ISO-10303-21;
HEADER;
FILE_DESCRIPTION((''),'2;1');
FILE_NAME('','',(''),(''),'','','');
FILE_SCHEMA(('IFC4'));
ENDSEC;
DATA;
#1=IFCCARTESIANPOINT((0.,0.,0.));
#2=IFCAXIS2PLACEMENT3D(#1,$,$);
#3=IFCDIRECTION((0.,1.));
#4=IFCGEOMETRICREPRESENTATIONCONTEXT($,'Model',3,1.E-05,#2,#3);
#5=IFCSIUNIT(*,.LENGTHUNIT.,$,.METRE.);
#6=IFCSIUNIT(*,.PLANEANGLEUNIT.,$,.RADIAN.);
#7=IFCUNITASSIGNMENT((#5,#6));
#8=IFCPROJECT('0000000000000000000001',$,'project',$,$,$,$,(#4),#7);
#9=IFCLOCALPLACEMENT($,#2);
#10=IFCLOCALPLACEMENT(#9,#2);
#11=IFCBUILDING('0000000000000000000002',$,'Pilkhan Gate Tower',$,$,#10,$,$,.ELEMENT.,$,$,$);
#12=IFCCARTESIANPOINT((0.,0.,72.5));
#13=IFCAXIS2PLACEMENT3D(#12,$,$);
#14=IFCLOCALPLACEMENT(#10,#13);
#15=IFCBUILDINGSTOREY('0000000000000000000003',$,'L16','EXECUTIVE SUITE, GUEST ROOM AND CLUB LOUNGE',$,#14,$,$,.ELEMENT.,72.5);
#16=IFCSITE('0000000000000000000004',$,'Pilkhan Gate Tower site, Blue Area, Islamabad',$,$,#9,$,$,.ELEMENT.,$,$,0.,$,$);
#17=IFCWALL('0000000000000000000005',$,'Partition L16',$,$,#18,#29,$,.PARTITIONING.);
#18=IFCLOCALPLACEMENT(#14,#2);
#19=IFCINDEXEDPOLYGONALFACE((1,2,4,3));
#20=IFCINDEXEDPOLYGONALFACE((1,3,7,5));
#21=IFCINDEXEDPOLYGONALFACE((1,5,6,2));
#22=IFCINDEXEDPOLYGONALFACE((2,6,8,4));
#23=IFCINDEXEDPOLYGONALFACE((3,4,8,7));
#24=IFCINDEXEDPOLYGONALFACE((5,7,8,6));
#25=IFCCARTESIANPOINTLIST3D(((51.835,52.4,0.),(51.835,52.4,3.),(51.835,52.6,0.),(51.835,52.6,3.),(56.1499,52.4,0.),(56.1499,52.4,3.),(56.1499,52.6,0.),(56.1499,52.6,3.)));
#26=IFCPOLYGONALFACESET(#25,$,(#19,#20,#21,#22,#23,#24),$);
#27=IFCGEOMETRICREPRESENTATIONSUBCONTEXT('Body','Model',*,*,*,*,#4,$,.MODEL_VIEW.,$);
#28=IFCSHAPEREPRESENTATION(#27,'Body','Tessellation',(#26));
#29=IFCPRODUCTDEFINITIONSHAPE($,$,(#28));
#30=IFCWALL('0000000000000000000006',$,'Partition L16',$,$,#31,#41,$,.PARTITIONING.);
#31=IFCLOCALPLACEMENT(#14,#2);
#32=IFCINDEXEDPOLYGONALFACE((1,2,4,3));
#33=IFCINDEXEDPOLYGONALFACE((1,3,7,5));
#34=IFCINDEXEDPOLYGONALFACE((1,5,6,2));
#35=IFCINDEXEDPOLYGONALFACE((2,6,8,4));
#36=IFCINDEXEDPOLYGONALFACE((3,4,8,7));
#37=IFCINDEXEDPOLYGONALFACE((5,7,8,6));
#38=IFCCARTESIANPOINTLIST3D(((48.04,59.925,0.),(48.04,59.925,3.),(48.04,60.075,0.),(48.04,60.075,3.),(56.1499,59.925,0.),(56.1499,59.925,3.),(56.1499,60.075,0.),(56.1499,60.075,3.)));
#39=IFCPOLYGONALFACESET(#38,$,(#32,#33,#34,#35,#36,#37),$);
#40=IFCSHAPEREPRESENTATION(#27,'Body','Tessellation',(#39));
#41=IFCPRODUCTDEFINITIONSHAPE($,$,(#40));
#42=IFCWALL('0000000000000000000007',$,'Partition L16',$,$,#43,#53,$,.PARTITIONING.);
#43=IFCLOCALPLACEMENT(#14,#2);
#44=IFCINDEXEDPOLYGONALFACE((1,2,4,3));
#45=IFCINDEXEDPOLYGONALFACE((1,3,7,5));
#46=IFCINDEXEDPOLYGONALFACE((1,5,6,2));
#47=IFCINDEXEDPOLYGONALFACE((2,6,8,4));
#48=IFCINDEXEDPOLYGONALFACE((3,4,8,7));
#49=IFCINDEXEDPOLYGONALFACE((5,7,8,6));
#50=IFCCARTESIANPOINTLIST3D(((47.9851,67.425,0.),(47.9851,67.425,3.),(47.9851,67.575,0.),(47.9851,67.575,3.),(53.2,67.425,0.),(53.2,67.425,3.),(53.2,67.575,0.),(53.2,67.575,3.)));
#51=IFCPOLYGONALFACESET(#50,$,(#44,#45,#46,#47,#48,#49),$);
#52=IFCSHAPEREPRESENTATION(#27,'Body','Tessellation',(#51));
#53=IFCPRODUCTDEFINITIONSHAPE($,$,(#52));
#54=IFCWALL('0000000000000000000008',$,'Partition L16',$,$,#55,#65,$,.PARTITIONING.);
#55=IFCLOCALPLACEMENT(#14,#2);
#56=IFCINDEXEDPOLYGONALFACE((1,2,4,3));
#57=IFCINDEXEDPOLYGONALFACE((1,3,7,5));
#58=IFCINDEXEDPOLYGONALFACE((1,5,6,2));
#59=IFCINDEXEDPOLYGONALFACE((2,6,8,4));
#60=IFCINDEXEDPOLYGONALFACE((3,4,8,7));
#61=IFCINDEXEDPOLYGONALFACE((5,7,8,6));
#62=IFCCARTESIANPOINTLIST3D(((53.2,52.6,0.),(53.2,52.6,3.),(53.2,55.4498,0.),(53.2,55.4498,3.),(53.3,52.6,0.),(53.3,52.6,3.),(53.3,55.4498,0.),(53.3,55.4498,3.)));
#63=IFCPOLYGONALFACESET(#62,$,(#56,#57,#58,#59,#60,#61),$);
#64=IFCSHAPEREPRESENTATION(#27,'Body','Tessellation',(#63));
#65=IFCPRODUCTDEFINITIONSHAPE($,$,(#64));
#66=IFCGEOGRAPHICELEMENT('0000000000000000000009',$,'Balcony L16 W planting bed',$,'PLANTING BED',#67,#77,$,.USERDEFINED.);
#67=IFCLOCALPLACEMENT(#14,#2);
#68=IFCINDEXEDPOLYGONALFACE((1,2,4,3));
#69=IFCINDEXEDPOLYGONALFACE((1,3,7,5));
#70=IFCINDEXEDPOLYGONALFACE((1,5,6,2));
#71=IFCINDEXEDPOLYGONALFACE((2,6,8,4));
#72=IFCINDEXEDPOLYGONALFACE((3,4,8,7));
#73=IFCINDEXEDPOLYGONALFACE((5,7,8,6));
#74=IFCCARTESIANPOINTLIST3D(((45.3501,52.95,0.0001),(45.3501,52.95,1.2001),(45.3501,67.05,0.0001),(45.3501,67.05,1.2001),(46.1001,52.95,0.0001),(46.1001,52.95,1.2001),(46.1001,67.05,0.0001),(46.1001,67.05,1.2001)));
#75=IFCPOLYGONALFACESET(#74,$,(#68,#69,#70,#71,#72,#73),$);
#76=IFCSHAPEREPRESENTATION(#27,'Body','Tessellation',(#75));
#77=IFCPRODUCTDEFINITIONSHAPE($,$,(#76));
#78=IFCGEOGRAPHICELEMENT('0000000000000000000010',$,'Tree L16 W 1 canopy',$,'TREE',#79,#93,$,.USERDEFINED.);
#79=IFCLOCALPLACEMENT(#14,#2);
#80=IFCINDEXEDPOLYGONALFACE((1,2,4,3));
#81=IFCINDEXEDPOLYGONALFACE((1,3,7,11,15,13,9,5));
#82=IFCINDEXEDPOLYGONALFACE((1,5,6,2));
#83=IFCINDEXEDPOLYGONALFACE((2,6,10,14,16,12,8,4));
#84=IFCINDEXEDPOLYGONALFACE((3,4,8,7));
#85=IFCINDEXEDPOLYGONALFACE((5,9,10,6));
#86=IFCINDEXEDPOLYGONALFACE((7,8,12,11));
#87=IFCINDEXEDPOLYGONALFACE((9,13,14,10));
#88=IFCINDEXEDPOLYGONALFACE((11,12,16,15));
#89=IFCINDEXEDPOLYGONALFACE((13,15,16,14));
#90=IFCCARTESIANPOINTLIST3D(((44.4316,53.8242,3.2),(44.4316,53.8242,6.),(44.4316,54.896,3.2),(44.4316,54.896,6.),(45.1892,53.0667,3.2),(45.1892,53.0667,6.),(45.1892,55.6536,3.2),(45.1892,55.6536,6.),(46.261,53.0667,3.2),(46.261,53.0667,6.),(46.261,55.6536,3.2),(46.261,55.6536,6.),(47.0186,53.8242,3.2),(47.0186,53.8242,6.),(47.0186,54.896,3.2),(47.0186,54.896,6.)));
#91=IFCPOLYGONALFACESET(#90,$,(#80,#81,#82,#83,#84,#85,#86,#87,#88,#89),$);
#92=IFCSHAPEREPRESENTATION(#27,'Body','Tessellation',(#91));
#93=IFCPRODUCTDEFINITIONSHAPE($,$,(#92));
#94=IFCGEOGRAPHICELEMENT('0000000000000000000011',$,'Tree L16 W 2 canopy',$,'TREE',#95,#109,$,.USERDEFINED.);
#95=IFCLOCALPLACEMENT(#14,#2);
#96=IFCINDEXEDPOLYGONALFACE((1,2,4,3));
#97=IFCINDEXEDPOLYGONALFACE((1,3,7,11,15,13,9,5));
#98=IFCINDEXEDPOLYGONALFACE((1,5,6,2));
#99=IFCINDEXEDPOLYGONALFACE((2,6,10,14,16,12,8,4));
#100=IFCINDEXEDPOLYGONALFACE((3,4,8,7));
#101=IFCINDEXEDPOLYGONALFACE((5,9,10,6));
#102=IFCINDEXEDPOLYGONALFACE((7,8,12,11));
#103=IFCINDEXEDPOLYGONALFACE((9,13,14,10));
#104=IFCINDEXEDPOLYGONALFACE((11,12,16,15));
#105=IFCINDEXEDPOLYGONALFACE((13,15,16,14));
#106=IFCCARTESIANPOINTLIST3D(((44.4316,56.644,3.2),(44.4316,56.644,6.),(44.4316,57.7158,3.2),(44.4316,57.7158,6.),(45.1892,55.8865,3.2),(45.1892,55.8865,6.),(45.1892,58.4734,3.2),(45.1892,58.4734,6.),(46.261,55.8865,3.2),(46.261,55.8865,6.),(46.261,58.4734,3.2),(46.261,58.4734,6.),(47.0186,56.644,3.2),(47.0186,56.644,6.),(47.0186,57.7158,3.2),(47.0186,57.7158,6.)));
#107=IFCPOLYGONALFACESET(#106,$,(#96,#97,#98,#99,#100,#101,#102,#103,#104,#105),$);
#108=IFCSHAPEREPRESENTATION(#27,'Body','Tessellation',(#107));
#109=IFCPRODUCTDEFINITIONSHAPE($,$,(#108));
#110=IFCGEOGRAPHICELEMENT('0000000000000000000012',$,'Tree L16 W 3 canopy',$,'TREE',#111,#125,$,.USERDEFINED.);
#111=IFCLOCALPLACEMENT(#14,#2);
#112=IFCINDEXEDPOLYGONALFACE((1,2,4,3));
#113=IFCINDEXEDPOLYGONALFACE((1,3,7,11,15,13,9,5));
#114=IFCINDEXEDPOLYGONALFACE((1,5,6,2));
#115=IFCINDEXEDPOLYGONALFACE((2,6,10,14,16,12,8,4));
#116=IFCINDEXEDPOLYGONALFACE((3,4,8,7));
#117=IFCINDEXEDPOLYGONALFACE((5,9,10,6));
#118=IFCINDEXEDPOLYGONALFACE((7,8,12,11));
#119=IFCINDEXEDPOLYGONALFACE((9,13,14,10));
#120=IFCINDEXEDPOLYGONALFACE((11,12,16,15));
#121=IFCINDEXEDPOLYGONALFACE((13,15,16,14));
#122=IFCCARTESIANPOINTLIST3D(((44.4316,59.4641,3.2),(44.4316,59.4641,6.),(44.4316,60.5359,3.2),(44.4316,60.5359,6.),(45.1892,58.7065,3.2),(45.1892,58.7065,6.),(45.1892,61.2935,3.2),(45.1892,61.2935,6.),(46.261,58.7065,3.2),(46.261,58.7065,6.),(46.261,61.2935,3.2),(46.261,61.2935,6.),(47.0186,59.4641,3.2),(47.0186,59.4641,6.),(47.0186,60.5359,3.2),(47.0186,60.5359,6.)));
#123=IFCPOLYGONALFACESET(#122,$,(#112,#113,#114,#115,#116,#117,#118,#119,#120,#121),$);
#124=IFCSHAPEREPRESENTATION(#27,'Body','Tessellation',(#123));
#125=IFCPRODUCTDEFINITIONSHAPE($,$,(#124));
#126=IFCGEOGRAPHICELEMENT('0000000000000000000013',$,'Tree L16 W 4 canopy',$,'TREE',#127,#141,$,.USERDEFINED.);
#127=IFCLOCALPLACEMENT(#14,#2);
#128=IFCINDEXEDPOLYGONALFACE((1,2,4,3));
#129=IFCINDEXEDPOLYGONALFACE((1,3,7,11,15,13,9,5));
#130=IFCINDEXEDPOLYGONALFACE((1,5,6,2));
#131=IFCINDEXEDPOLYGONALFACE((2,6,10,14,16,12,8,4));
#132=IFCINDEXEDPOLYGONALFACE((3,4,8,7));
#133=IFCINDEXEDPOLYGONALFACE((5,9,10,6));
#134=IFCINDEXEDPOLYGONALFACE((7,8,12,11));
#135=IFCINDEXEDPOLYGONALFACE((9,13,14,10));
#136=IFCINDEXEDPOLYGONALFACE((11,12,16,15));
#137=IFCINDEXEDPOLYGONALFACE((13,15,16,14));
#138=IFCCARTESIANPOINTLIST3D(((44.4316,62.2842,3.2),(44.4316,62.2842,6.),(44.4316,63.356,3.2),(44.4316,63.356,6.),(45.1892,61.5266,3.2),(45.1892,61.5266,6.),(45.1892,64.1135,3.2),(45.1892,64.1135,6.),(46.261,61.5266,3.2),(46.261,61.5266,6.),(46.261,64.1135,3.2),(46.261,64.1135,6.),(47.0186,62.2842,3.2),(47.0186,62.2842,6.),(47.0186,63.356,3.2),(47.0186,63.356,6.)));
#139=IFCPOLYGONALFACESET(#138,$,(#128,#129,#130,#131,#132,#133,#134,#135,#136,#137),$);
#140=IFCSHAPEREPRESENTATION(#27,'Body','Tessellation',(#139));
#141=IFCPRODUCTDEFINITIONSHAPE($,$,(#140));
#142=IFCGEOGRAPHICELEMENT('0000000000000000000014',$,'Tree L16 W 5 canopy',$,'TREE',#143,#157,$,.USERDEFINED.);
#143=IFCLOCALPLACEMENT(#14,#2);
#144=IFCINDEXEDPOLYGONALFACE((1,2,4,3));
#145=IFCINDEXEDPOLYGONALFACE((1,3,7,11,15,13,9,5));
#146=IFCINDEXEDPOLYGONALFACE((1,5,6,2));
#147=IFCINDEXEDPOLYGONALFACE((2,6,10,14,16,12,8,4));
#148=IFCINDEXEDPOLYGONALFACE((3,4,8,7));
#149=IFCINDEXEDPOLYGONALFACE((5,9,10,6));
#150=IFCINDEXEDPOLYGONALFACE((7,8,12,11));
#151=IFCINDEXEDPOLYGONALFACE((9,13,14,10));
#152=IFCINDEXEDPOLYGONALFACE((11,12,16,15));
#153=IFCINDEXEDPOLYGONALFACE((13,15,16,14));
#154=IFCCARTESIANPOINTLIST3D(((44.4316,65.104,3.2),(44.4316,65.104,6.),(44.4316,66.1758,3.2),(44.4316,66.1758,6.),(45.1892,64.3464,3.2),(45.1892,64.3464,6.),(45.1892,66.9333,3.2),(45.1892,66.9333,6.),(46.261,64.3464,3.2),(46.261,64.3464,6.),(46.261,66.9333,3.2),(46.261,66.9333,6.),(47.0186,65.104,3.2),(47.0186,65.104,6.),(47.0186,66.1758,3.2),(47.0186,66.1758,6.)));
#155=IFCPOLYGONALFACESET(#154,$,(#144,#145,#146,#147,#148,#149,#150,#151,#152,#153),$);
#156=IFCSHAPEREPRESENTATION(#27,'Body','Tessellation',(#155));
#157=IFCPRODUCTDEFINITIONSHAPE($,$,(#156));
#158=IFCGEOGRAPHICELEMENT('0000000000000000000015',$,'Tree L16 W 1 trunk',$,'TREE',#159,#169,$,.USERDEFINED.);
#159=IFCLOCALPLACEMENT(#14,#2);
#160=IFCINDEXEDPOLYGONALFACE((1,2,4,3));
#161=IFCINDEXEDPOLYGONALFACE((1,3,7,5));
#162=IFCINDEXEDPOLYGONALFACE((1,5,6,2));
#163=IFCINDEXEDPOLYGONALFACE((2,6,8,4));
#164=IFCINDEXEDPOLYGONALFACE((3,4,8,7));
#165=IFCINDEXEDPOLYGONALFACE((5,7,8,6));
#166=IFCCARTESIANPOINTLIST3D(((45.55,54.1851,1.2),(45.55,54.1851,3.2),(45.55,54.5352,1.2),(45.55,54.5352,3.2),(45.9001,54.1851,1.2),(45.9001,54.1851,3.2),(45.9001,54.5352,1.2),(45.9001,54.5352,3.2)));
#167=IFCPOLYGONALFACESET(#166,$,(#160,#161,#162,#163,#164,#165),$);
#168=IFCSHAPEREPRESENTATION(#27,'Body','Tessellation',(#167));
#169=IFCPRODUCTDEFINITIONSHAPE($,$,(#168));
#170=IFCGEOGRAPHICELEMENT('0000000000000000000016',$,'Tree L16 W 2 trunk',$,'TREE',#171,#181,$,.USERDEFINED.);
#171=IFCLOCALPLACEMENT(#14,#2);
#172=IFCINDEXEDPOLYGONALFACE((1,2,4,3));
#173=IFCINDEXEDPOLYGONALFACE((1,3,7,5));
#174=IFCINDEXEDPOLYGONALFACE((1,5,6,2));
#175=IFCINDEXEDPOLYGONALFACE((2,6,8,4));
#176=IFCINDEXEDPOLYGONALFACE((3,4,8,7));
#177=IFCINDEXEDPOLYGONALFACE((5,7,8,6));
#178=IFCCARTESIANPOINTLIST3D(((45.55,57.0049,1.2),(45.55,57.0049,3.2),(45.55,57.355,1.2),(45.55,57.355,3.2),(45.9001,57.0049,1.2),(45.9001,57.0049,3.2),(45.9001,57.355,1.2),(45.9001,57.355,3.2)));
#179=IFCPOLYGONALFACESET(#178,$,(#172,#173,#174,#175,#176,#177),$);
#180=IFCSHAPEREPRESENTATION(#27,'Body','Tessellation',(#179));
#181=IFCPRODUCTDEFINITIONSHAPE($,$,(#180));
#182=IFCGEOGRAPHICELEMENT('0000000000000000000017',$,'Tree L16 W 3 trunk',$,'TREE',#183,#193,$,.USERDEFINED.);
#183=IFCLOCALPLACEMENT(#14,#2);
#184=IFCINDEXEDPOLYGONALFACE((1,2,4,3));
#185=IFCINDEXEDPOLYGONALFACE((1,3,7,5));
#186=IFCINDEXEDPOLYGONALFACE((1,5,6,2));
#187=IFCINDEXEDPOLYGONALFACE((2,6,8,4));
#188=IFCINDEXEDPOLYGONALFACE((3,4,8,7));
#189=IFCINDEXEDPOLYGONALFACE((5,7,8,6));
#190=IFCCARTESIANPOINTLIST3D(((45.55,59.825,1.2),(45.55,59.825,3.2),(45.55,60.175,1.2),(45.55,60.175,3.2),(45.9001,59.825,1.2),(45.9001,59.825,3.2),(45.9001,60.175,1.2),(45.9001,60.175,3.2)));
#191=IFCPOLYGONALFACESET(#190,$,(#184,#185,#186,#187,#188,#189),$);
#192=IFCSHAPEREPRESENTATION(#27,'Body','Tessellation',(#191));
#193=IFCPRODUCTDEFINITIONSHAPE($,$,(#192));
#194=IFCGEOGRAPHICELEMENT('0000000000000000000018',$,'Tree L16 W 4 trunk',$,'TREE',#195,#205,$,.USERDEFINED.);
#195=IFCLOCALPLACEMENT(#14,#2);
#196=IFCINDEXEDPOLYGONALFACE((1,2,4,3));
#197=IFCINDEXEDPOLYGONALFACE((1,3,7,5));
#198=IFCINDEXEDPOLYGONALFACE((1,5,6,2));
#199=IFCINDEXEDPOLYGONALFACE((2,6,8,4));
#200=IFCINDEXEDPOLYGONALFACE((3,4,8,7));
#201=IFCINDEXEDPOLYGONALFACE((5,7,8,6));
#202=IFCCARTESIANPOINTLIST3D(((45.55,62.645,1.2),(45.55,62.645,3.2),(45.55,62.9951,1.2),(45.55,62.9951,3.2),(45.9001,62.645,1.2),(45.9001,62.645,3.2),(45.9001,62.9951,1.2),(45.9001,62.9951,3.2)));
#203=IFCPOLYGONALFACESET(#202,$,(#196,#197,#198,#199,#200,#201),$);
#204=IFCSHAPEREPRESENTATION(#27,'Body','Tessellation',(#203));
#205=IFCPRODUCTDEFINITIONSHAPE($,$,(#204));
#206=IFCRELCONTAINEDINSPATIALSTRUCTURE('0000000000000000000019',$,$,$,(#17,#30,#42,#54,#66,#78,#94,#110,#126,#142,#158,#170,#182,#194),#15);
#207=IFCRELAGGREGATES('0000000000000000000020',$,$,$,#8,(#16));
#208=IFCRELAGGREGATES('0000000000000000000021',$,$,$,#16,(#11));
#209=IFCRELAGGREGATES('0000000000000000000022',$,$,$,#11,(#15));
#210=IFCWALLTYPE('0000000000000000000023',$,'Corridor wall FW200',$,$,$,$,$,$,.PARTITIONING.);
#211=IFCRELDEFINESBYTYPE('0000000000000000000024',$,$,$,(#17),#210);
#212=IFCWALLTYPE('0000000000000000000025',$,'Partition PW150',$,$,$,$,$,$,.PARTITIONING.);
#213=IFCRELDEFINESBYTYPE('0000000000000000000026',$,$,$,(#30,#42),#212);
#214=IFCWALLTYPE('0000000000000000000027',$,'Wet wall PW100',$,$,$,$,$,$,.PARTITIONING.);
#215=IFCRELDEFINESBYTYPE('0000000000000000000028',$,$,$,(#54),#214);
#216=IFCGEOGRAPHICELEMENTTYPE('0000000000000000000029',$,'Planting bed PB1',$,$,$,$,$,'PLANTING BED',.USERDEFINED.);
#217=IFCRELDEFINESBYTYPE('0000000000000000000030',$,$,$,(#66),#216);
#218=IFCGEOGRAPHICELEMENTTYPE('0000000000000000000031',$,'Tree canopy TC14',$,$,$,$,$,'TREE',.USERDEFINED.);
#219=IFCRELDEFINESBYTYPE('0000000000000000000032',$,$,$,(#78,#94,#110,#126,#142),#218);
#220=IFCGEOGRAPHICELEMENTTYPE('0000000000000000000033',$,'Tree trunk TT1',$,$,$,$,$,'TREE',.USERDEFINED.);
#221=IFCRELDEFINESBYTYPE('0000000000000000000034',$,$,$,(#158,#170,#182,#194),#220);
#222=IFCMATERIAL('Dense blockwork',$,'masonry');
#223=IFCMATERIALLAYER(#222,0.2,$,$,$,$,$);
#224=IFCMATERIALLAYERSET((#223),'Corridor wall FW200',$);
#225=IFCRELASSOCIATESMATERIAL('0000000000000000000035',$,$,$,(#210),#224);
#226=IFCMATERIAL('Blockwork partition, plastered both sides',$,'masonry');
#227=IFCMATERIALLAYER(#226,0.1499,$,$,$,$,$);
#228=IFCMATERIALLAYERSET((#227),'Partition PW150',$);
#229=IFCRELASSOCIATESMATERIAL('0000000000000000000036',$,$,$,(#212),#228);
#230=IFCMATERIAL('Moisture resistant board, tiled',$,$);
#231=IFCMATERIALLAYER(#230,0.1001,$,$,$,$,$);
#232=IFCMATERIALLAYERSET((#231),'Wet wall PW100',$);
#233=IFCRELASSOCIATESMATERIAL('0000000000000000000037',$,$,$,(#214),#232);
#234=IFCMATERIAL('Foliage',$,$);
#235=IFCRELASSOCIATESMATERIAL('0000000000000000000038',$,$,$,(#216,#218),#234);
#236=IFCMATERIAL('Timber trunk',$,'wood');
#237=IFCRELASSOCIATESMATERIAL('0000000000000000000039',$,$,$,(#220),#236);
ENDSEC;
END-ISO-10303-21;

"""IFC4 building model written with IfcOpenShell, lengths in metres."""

from ifc_helpers import new_model, si_unit, direction, frame, frame_2d, origin, origin_2d, place, context, subcontext, project, spatial, polyline, rectangle, outline, extrude, material, layer, layer_set, material_profile, profile_set, type_object, element, save


model = new_model("IFC4")

# Units and contexts
model_context = context("Model", 3, precision=1e-05, world=origin(), true_north=direction((0.0, 1.0)))
body_context = subcontext(model_context, "Body", "Model", "MODEL_VIEW")
ifc_project = project(units=[si_unit("LENGTHUNIT", "METRE"), si_unit("PLANEANGLEUNIT", "RADIAN")], contexts=[model_context])

# Site, building, storey
site_placement = place(None, origin())
site = spatial("IfcSite", under=ifc_project, at=site_placement, Name="Pilkhan Gate Tower site, Blue Area, Islamabad", CompositionType="ELEMENT", RefElevation=0.0)
building_placement = place(site_placement, origin())
building = spatial("IfcBuilding", under=site, at=building_placement, Name="Pilkhan Gate Tower", CompositionType="ELEMENT")
storey_placement = place(building_placement, frame((0.0, 0.0, 72.5)))
storey = spatial("IfcBuildingStorey", under=building, at=storey_placement, Name="L16", Description="EXECUTIVE SUITE, GUEST ROOM AND CLUB LOUNGE", CompositionType="ELEMENT", Elevation=72.5)

# Wall
ifc_material_1 = material(Name="Dense blockwork", Category="masonry")
ifc_layer_1 = layer(ifc_material_1, 0.2)
ifc_layer_set_1 = layer_set([ifc_layer_1], Name="Corridor wall FW200")
wall_type_1 = type_object("IfcWallType", Name="Corridor wall FW200", PredefinedType="PARTITIONING", material=ifc_layer_set_1)
wall_1_placement = place(storey_placement, frame((51.835, 52.5, 0.0), z_axis=(0.0, 0.0, 1.0), x_axis=(1.0, 0.0, 0.0)))
element("IfcWall", 1, at=wall_1_placement, inside=storey, type_object=wall_type_1, Name="Partition L16", PredefinedType="PARTITIONING", context=body_context, shape_type="SweptSolid", body=[
    extrude(rectangle(XDim=4.3149, YDim=0.2, at=frame_2d((2.1575, 0.0))), origin(), (0.0, 0.0, 1.0), 3.0),
])

# Walls
ifc_material_2 = material(Name="Blockwork partition, plastered both sides", Category="masonry")
ifc_layer_2 = layer(ifc_material_2, 0.1499)
ifc_layer_set_2 = layer_set([ifc_layer_2], Name="Partition PW150")
wall_type_2 = type_object("IfcWallType", Name="Partition PW150", PredefinedType="PARTITIONING", material=ifc_layer_set_2)
wall_2_placement = place(storey_placement, frame((48.04, 60.0, 0.0), z_axis=(0.0, 0.0, 1.0), x_axis=(1.0, 0.0, 0.0)))
element("IfcWall", 2, at=wall_2_placement, inside=storey, type_object=wall_type_2, Name="Partition L16", PredefinedType="PARTITIONING", context=body_context, shape_type="SweptSolid", body=[
    extrude(rectangle(XDim=8.1099, YDim=0.1499, at=frame_2d((4.0549, 0.0))), origin(), (0.0, 0.0, 1.0), 3.0),
])
wall_3_placement = place(storey_placement, frame((47.9851, 67.5, 0.0), z_axis=(0.0, 0.0, 1.0), x_axis=(1.0, 0.0, 0.0)))
element("IfcWall", 3, at=wall_3_placement, inside=storey, type_object=wall_type_2, Name="Partition L16", PredefinedType="PARTITIONING", context=body_context, shape_type="SweptSolid", body=[
    extrude(rectangle(XDim=5.2148, YDim=0.1499, at=frame_2d((2.6074, 0.0))), origin(), (0.0, 0.0, 1.0), 3.0),
])
ifc_material_3 = material(Name="Moisture resistant board, tiled")
ifc_layer_3 = layer(ifc_material_3, 0.1001)
ifc_layer_set_3 = layer_set([ifc_layer_3], Name="Wet wall PW100")
wall_type_3 = type_object("IfcWallType", Name="Wet wall PW100", PredefinedType="PARTITIONING", material=ifc_layer_set_3)
wall_4_placement = place(storey_placement, frame((53.25, 52.6001, 0.0), z_axis=(0.0, 0.0, 1.0), x_axis=(0.0, 1.0, 0.0)))
element("IfcWall", 4, at=wall_4_placement, inside=storey, type_object=wall_type_3, Name="Partition L16", PredefinedType="PARTITIONING", context=body_context, shape_type="SweptSolid", body=[
    extrude(rectangle(XDim=2.8499, YDim=0.1001, at=frame_2d((1.4248, 0.0))), origin(), (0.0, 0.0, 1.0), 3.0),
])

# Geographic elements
ifc_material_4 = material(Name="Foliage")
ifc_material_profile_1 = material_profile(ifc_material_4, rectangle(XDim=0.75, YDim=1.2, at=origin_2d()), Name="Bed 750x1200")
ifc_profile_set_1 = profile_set([ifc_material_profile_1], Name="Foliage")
geographic_element_type_1 = type_object("IfcGeographicElementType", Name="Planting bed PB1", ElementType="PLANTING BED", PredefinedType="USERDEFINED", material=ifc_profile_set_1)
geographic_element_placement = place(storey_placement, frame((45.7251, 52.95, 0.6001), z_axis=(0.0, 1.0, 0.0), x_axis=(-1.0, 0.0, 0.0)))
element("IfcGeographicElement", 5, at=geographic_element_placement, inside=storey, type_object=geographic_element_type_1, Name="Balcony L16 W planting bed", ObjectType="PLANTING BED", PredefinedType="USERDEFINED", context=body_context, shape_type="SweptSolid", body=[
    extrude(rectangle(XDim=0.75, YDim=1.2, at=origin_2d()), origin(), (0.0, 0.0, 1.0), 14.1001),
])
ifc_material_profile_2 = material_profile(ifc_material_4, outline(polyline([(1.2935, 0.5359), (0.5359, 1.2935), (-0.5359, 1.2935), (-1.2935, 0.5359), (-1.2935, -0.5359), (-0.5359, -1.2935), (0.5359, -1.2935), (1.2935, -0.5359), (1.2935, 0.5359)])), Name="Canopy D2.8")
ifc_profile_set_2 = profile_set([ifc_material_profile_2], Name="Foliage")
geographic_element_type_2 = type_object("IfcGeographicElementType", Name="Tree canopy TC14", ElementType="TREE", PredefinedType="USERDEFINED", material=ifc_profile_set_2)
for number, where, z_axis, x_axis, name in (
    (6, (45.7251, 54.3601, 3.2), (0.0, 0.0, 1.0), (1.0, 0.0, 0.0), "Tree L16 W 1 canopy"),
    (7, (45.7251, 57.1799, 3.2), (0.0, 0.0, 1.0), (1.0, 0.0, 0.0), "Tree L16 W 2 canopy"),
    (8, (45.7251, 60.0, 3.2), (0.0, 0.0, 1.0), (1.0, 0.0, 0.0), "Tree L16 W 3 canopy"),
    (9, (45.7251, 62.8201, 3.2), (0.0, 0.0, 1.0), (1.0, 0.0, 0.0), "Tree L16 W 4 canopy"),
    (10, (45.7251, 65.6399, 3.2), (0.0, 0.0, 1.0), (1.0, 0.0, 0.0), "Tree L16 W 5 canopy"),
):
    element("IfcGeographicElement", number, at=place(storey_placement, frame(where, z_axis=z_axis, x_axis=x_axis)), inside=storey, type_object=geographic_element_type_2, Name=name, ObjectType="TREE", PredefinedType="USERDEFINED", context=body_context, shape_type="SweptSolid", body=[
        extrude(outline(polyline([(1.2935, 0.5359), (0.5359, 1.2935), (-0.5359, 1.2935), (-1.2935, 0.5359), (-1.2935, -0.5359), (-0.5359, -1.2935), (0.5359, -1.2935), (1.2935, -0.5359), (1.2935, 0.5359)])), origin(), (0.0, 0.0, 1.0), 2.8),
    ])
ifc_material_5 = material(Name="Timber trunk", Category="wood")
geographic_element_type_3 = type_object("IfcGeographicElementType", Name="Tree trunk TT1", ElementType="TREE", PredefinedType="USERDEFINED", material=ifc_material_5)
for number, where, z_axis, x_axis, name in (
    (11, (45.7251, 54.3601, 1.2), (0.0, 0.0, 1.0), (1.0, 0.0, 0.0), "Tree L16 W 1 trunk"),
    (12, (45.7251, 57.1799, 1.2), (0.0, 0.0, 1.0), (1.0, 0.0, 0.0), "Tree L16 W 2 trunk"),
    (13, (45.7251, 60.0, 1.2), (0.0, 0.0, 1.0), (1.0, 0.0, 0.0), "Tree L16 W 3 trunk"),
    (14, (45.7251, 62.8201, 1.2), (0.0, 0.0, 1.0), (1.0, 0.0, 0.0), "Tree L16 W 4 trunk"),
):
    element("IfcGeographicElement", number, at=place(storey_placement, frame(where, z_axis=z_axis, x_axis=x_axis)), inside=storey, type_object=geographic_element_type_3, Name=name, ObjectType="TREE", PredefinedType="USERDEFINED", context=body_context, shape_type="SweptSolid", body=[
        extrude(rectangle(XDim=0.3501, YDim=0.3501, at=origin_2d()), origin(), (0.0, 0.0, 1.0), 2.0),
    ])

save(model, "model.ifc")
